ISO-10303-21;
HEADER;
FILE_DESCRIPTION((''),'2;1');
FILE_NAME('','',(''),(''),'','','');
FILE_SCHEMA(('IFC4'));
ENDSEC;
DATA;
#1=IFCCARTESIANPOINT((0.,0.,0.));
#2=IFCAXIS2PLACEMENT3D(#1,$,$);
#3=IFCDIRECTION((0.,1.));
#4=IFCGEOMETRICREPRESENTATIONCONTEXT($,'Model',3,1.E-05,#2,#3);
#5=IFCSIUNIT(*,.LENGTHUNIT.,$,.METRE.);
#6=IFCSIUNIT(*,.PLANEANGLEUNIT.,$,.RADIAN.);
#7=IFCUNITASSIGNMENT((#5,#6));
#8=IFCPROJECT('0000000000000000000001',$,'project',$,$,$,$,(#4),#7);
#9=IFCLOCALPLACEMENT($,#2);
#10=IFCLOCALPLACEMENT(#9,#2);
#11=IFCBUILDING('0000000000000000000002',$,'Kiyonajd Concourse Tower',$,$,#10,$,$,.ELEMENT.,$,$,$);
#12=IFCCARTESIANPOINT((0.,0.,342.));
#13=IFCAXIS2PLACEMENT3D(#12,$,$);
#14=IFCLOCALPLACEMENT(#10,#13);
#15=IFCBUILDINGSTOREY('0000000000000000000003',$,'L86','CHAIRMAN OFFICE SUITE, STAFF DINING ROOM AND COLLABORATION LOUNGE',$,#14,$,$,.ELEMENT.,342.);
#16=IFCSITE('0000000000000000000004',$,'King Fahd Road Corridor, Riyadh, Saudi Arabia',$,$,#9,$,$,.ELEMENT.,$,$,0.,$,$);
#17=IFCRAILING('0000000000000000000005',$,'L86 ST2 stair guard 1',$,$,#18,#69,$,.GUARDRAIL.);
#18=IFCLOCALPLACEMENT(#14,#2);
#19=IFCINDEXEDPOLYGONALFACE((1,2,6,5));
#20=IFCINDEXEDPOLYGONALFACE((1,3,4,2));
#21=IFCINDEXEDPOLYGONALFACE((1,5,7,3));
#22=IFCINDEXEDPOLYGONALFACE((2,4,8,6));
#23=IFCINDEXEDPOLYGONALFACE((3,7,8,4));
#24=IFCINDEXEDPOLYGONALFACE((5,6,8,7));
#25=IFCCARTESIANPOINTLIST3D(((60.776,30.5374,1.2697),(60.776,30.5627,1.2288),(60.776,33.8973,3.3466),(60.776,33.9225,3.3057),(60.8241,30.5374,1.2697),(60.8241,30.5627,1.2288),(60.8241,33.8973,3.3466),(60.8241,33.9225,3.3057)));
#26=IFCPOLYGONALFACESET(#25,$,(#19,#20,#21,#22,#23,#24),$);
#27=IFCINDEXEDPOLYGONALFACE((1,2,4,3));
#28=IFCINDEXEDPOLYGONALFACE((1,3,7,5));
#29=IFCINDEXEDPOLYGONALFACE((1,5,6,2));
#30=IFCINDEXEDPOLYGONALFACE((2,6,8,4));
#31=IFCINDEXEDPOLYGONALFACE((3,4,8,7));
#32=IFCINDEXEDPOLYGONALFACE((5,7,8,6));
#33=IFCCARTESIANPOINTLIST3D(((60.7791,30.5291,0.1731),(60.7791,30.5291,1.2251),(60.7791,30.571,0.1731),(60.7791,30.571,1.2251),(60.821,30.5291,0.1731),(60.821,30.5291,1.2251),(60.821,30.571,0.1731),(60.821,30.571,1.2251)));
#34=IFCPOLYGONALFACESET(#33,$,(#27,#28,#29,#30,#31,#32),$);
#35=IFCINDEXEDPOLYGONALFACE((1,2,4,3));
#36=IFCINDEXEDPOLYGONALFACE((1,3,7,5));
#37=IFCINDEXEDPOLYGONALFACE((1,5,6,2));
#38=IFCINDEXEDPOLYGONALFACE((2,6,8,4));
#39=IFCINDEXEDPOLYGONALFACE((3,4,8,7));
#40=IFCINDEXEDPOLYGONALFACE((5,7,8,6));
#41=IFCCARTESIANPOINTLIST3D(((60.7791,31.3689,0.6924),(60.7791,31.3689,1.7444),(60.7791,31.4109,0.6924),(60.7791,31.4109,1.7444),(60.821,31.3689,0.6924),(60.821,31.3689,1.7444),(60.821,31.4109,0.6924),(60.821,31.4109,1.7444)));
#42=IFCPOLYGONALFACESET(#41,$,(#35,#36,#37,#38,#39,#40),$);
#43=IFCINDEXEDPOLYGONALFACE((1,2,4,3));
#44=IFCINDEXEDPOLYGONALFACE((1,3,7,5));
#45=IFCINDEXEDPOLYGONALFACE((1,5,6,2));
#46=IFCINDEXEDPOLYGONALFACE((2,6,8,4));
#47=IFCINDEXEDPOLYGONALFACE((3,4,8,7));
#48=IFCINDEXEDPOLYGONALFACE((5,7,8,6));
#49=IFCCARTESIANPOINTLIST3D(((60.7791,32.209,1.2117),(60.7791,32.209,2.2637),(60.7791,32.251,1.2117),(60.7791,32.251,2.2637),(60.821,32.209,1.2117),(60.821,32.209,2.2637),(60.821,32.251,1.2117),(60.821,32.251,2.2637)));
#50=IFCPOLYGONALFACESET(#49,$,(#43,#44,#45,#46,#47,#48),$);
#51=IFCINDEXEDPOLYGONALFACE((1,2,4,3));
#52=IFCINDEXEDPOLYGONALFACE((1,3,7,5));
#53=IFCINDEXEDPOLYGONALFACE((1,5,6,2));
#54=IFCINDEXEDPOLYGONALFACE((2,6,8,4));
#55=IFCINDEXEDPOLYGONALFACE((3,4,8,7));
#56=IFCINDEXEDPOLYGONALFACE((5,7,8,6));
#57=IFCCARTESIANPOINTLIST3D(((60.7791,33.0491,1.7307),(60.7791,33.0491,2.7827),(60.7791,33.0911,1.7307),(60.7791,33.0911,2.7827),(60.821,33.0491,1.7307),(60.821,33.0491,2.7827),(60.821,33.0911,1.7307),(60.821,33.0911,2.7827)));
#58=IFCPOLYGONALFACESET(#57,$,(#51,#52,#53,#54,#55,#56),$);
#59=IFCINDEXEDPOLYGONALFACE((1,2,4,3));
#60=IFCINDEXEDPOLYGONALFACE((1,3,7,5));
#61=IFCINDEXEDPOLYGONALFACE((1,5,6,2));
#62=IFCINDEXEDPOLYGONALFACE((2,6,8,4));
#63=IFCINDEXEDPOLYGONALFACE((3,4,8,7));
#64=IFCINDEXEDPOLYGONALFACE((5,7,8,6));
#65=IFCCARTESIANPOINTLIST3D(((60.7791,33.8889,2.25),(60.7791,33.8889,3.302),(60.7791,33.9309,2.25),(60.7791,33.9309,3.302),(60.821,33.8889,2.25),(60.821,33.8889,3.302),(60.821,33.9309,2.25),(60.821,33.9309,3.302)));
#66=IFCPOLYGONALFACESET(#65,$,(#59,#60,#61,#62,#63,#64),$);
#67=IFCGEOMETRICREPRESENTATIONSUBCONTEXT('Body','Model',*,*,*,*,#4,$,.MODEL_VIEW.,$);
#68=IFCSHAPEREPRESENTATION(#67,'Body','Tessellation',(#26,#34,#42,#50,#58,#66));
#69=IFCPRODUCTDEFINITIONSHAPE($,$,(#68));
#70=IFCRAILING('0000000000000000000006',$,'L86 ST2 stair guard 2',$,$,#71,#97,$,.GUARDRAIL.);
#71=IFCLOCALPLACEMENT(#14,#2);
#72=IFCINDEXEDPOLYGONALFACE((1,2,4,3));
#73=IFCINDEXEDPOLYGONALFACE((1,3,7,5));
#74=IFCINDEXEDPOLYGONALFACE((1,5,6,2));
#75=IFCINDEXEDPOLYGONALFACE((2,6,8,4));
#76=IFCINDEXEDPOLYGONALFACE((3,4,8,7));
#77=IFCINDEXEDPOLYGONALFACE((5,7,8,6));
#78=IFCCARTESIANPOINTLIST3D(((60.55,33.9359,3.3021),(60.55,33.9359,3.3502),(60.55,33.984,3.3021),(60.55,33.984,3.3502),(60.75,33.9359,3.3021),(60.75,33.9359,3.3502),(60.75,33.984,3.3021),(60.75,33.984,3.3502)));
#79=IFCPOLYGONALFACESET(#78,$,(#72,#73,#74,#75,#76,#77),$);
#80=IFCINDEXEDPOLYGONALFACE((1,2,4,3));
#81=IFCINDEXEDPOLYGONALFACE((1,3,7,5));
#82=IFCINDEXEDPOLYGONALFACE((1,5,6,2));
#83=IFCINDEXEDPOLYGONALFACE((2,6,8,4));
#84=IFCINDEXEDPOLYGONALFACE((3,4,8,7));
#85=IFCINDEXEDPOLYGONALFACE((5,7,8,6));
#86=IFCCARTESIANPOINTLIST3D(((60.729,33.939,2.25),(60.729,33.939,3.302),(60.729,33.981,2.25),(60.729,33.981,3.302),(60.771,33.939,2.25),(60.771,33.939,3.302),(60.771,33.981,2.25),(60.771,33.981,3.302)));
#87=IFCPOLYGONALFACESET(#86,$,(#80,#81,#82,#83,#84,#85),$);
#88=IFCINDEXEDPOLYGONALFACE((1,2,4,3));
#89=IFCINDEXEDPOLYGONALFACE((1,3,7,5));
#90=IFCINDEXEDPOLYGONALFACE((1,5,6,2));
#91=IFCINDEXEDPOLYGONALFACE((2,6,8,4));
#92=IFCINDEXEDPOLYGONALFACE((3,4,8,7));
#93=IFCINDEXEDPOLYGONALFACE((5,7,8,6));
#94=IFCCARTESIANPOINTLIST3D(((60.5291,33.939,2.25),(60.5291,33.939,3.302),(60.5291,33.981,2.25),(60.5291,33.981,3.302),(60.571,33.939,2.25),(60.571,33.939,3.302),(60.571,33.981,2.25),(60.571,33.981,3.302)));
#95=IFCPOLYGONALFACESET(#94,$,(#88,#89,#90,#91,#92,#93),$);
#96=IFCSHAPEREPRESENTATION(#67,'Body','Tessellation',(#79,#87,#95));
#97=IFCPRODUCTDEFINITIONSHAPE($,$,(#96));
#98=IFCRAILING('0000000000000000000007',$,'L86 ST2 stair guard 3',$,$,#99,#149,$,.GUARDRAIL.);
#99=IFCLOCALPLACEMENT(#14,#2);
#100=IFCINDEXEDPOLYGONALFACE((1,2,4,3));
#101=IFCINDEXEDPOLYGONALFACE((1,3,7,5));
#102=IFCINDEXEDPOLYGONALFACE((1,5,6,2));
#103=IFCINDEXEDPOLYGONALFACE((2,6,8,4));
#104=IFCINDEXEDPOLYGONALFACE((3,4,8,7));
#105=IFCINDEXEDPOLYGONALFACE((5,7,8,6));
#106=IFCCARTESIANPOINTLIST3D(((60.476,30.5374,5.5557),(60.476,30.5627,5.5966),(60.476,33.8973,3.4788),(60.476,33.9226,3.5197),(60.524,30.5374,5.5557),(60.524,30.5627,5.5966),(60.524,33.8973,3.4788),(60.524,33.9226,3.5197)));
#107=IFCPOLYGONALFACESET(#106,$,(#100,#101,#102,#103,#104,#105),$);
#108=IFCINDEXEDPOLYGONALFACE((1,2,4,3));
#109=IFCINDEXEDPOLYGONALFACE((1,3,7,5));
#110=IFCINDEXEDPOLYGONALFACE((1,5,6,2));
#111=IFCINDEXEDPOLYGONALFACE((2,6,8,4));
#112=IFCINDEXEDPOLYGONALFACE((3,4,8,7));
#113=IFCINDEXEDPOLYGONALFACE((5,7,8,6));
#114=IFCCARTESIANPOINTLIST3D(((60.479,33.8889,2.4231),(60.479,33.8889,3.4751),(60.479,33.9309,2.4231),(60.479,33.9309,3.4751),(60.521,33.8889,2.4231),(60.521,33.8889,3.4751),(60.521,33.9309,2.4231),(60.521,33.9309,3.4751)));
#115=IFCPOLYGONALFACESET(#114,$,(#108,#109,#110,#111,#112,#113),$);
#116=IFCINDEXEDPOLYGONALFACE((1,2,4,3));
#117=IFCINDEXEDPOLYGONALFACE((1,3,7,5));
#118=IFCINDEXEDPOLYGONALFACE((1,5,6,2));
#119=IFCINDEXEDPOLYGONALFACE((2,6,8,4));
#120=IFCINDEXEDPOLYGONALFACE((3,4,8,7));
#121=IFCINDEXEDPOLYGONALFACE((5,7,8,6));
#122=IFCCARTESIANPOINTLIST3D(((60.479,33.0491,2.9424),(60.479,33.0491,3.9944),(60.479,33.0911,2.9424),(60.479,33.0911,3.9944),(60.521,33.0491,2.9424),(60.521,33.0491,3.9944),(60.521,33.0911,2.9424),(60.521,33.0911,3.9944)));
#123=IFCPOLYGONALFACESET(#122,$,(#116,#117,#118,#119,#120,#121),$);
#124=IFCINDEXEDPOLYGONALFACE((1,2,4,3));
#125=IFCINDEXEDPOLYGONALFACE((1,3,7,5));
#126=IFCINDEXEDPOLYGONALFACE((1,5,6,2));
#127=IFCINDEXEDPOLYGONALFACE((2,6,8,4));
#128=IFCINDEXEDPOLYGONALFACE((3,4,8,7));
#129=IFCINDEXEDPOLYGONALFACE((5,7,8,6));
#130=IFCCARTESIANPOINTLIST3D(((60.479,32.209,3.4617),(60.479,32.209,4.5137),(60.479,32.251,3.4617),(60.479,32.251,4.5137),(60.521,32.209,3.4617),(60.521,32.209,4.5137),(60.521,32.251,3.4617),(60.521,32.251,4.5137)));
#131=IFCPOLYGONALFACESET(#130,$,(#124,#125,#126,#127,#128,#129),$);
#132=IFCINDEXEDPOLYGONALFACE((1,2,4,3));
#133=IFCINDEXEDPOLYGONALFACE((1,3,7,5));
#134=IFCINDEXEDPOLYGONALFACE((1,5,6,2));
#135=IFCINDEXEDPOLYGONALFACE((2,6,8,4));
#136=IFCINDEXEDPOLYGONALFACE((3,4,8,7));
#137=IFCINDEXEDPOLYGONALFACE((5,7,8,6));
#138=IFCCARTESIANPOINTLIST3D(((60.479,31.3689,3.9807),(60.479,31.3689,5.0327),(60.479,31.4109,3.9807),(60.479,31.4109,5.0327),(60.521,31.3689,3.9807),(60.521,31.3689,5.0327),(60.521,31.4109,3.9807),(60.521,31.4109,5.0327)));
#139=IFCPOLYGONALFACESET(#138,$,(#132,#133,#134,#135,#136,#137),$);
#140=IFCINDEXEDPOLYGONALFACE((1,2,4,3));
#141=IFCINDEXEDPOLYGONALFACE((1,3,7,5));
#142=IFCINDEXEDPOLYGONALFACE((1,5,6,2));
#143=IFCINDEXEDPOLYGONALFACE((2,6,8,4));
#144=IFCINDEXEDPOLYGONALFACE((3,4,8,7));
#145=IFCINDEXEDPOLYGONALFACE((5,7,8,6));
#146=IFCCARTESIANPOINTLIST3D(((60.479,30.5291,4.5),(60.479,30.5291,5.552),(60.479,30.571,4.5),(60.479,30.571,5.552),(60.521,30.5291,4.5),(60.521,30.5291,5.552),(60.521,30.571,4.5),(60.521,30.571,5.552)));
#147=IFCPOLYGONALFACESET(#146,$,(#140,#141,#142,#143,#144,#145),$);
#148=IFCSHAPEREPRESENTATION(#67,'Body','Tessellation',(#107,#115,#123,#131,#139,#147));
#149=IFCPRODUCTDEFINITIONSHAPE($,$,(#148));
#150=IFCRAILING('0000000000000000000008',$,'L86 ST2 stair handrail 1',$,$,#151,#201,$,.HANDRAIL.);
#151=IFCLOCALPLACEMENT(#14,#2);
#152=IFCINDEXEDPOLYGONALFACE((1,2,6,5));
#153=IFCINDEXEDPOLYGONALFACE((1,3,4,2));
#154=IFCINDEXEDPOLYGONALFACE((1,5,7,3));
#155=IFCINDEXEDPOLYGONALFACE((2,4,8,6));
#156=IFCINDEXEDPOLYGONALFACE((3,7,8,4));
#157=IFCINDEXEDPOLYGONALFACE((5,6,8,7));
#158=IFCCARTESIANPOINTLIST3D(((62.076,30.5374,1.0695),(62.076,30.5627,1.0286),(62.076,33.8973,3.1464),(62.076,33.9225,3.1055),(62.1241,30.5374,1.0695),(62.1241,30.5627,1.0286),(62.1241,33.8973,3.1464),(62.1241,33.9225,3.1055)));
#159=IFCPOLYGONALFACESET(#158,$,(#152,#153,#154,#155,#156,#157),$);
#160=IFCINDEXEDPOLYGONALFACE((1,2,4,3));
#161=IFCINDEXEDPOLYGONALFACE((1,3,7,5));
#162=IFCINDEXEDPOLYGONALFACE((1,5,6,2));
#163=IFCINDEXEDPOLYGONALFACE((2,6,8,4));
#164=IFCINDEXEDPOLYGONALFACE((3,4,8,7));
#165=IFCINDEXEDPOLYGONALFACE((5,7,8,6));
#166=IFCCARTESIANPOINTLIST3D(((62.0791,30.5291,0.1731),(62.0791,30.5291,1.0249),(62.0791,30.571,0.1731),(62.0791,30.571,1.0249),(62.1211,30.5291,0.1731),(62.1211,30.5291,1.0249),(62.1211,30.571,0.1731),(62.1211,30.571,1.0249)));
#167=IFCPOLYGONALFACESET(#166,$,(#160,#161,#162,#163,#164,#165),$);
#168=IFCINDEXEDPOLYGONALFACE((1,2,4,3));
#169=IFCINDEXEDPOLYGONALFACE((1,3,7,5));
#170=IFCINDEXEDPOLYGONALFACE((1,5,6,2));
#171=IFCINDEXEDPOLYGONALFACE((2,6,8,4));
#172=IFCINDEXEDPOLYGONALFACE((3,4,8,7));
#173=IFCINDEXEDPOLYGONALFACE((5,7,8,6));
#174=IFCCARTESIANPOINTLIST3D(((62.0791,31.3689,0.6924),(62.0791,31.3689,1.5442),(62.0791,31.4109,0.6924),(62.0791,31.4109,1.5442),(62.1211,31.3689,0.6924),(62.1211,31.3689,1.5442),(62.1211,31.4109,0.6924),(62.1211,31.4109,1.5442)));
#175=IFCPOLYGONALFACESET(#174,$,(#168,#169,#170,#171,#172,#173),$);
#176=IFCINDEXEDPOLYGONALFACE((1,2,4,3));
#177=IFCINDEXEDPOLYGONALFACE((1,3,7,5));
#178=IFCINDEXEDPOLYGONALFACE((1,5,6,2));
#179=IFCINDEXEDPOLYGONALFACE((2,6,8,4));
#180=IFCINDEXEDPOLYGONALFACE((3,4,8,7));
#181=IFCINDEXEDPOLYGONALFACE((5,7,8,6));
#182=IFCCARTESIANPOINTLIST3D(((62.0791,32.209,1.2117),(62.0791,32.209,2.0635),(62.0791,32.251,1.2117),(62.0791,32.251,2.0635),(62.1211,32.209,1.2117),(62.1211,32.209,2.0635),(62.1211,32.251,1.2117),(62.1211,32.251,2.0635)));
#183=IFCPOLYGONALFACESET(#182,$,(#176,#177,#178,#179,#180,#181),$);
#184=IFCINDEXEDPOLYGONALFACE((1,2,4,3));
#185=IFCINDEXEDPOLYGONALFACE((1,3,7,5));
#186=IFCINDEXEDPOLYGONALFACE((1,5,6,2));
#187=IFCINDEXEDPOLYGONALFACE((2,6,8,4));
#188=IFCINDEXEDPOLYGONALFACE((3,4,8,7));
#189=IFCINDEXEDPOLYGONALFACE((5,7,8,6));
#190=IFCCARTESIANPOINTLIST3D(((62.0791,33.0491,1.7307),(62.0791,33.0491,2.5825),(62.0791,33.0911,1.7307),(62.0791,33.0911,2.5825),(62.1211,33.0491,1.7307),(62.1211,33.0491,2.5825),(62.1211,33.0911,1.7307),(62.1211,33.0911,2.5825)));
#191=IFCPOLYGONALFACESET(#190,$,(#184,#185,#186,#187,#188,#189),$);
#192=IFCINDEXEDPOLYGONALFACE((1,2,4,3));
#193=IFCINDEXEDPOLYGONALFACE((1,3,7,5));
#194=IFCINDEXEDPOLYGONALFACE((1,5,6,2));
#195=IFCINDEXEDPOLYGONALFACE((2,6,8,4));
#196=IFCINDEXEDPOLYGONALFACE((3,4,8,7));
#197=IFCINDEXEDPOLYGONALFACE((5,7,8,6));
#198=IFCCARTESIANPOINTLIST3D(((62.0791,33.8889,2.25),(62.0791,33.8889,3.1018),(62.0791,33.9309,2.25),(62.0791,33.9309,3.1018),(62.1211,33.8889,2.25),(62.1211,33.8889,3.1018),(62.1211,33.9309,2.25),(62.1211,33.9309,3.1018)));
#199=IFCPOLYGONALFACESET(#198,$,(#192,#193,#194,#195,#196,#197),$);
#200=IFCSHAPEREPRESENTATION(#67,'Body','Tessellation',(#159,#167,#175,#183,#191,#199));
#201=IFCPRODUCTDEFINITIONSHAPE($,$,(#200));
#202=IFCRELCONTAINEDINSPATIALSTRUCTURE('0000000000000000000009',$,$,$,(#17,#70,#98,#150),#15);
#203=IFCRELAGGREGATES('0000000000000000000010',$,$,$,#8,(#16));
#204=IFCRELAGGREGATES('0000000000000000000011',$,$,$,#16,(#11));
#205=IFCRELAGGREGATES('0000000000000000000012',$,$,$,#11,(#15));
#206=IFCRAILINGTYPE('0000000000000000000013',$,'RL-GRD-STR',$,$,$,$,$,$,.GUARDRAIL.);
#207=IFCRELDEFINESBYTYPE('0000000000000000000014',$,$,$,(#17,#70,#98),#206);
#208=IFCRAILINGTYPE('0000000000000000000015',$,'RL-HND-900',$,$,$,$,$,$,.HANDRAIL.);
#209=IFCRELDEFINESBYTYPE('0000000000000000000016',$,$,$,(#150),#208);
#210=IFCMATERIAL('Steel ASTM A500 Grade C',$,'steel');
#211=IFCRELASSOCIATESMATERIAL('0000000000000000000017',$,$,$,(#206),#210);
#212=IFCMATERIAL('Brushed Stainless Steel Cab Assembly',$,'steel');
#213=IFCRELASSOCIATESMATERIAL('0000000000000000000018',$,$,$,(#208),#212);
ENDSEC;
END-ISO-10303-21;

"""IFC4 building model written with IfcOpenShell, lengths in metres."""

from ifc_helpers import new_model, si_unit, direction, frame, origin, origin_2d, place, context, subcontext, project, spatial, rectangle, extrude, material, type_object, element, save


model = new_model("IFC4")

# Units and contexts
model_context = context("Model", 3, precision=1e-05, world=origin(), true_north=direction((0.0, 1.0)))
body_context = subcontext(model_context, "Body", "Model", "MODEL_VIEW")
ifc_project = project(units=[si_unit("LENGTHUNIT", "METRE"), si_unit("PLANEANGLEUNIT", "RADIAN")], contexts=[model_context])

# Site, building, storey
site_placement = place(None, origin())
site = spatial("IfcSite", under=ifc_project, at=site_placement, Name="King Fahd Road Corridor, Riyadh, Saudi Arabia", CompositionType="ELEMENT", RefElevation=0.0)
building_placement = place(site_placement, origin())
building = spatial("IfcBuilding", under=site, at=building_placement, Name="Kiyonajd Concourse Tower", CompositionType="ELEMENT")
storey_placement = place(building_placement, frame((0.0, 0.0, 342.0)))
storey = spatial("IfcBuildingStorey", under=building, at=storey_placement, Name="L86", Description="CHAIRMAN OFFICE SUITE, STAFF DINING ROOM AND COLLABORATION LOUNGE", CompositionType="ELEMENT", Elevation=342.0)

# Railings
ifc_material_1 = material(Name="Steel ASTM A500 Grade C", Category="steel")
railing_type_1 = type_object("IfcRailingType", Name="RL-GRD-STR", PredefinedType="GUARDRAIL", material=ifc_material_1)
railing_1_placement = place(storey_placement, frame((60.8, 30.55, 0.1731)))
element("IfcRailing", 1, at=railing_1_placement, inside=storey, type_object=railing_type_1, Name="L86 ST2 stair guard 1", PredefinedType="GUARDRAIL", context=body_context, shape_type="SweptSolid", body=[
    extrude(rectangle(XDim=0.0481, YDim=0.0481, at=origin_2d()), frame((0.0, 0.0, 1.0762), z_axis=(0.0, 0.850606, 0.525803), x_axis=(-1.0, 0.0, 0.0)), (0.0, 0.0, 1.0), 3.95),
    extrude(rectangle(XDim=0.042, YDim=0.042, at=origin_2d()), origin(), (0.0, 0.0, 1.0), 1.052),
    extrude(rectangle(XDim=0.042, YDim=0.042, at=origin_2d()), frame((0.0, 0.8398, 0.5193)), (0.0, 0.0, 1.0), 1.052),
    extrude(rectangle(XDim=0.042, YDim=0.042, at=origin_2d()), frame((0.0, 1.6799, 1.0386)), (0.0, 0.0, 1.0), 1.052),
    extrude(rectangle(XDim=0.042, YDim=0.042, at=origin_2d()), frame((0.0, 2.52, 1.5576)), (0.0, 0.0, 1.0), 1.052),
    extrude(rectangle(XDim=0.042, YDim=0.042, at=origin_2d()), frame((0.0, 3.3599, 2.0769)), (0.0, 0.0, 1.0), 1.052),
])
railing_2_placement = place(storey_placement, frame((60.75, 33.96, 2.25)))
element("IfcRailing", 2, at=railing_2_placement, inside=storey, type_object=railing_type_1, Name="L86 ST2 stair guard 2", PredefinedType="GUARDRAIL", context=body_context, shape_type="SweptSolid", body=[
    extrude(rectangle(XDim=0.0481, YDim=0.0481, at=origin_2d()), frame((0.0, 0.0, 1.0762), z_axis=(-1.0, 0.0, 0.0), x_axis=(0.0, -1.0, 0.0)), (0.0, 0.0, 1.0), 0.2),
    extrude(rectangle(XDim=0.042, YDim=0.042, at=origin_2d()), origin(), (0.0, 0.0, 1.0), 1.052),
    extrude(rectangle(XDim=0.042, YDim=0.042, at=origin_2d()), frame((-0.2, 0.0, 0.0)), (0.0, 0.0, 1.0), 1.052),
])
railing_3_placement = place(storey_placement, frame((60.5, 33.9099, 2.4231)))
element("IfcRailing", 3, at=railing_3_placement, inside=storey, type_object=railing_type_1, Name="L86 ST2 stair guard 3", PredefinedType="GUARDRAIL", context=body_context, shape_type="SweptSolid", body=[
    extrude(rectangle(XDim=0.0481, YDim=0.0481, at=origin_2d()), frame((0.0, 0.0, 1.0762), z_axis=(0.0, -0.850606, 0.525803), x_axis=(1.0, 0.0, 0.0)), (0.0, 0.0, 1.0), 3.95),
    extrude(rectangle(XDim=0.042, YDim=0.042, at=origin_2d()), origin(), (0.0, 0.0, 1.0), 1.052),
    extrude(rectangle(XDim=0.042, YDim=0.042, at=origin_2d()), frame((0.0, -0.8398, 0.5193)), (0.0, 0.0, 1.0), 1.052),
    extrude(rectangle(XDim=0.042, YDim=0.042, at=origin_2d()), frame((0.0, -1.6799, 1.0386)), (0.0, 0.0, 1.0), 1.052),
    extrude(rectangle(XDim=0.042, YDim=0.042, at=origin_2d()), frame((0.0, -2.52, 1.5576)), (0.0, 0.0, 1.0), 1.052),
    extrude(rectangle(XDim=0.042, YDim=0.042, at=origin_2d()), frame((0.0, -3.3599, 2.0769)), (0.0, 0.0, 1.0), 1.052),
])
ifc_material_2 = material(Name="Brushed Stainless Steel Cab Assembly", Category="steel")
railing_type_2 = type_object("IfcRailingType", Name="RL-HND-900", PredefinedType="HANDRAIL", material=ifc_material_2)
railing_4_placement = place(storey_placement, frame((62.1001, 30.55, 0.1731)))
element("IfcRailing", 4, at=railing_4_placement, inside=storey, type_object=railing_type_2, Name="L86 ST2 stair handrail 1", PredefinedType="HANDRAIL", context=body_context, shape_type="SweptSolid", body=[
    extrude(rectangle(XDim=0.0481, YDim=0.0481, at=origin_2d()), frame((0.0, 0.0, 0.876), z_axis=(0.0, 0.850606, 0.525803), x_axis=(-1.0, 0.0, 0.0)), (0.0, 0.0, 1.0), 3.95),
    extrude(rectangle(XDim=0.042, YDim=0.042, at=origin_2d()), origin(), (0.0, 0.0, 1.0), 0.8518),
    extrude(rectangle(XDim=0.042, YDim=0.042, at=origin_2d()), frame((0.0, 0.8398, 0.5193)), (0.0, 0.0, 1.0), 0.8518),
    extrude(rectangle(XDim=0.042, YDim=0.042, at=origin_2d()), frame((0.0, 1.6799, 1.0386)), (0.0, 0.0, 1.0), 0.8518),
    extrude(rectangle(XDim=0.042, YDim=0.042, at=origin_2d()), frame((0.0, 2.52, 1.5576)), (0.0, 0.0, 1.0), 0.8518),
    extrude(rectangle(XDim=0.042, YDim=0.042, at=origin_2d()), frame((0.0, 3.3599, 2.0769)), (0.0, 0.0, 1.0), 0.8518),
])

save(model, "model.ifc")
